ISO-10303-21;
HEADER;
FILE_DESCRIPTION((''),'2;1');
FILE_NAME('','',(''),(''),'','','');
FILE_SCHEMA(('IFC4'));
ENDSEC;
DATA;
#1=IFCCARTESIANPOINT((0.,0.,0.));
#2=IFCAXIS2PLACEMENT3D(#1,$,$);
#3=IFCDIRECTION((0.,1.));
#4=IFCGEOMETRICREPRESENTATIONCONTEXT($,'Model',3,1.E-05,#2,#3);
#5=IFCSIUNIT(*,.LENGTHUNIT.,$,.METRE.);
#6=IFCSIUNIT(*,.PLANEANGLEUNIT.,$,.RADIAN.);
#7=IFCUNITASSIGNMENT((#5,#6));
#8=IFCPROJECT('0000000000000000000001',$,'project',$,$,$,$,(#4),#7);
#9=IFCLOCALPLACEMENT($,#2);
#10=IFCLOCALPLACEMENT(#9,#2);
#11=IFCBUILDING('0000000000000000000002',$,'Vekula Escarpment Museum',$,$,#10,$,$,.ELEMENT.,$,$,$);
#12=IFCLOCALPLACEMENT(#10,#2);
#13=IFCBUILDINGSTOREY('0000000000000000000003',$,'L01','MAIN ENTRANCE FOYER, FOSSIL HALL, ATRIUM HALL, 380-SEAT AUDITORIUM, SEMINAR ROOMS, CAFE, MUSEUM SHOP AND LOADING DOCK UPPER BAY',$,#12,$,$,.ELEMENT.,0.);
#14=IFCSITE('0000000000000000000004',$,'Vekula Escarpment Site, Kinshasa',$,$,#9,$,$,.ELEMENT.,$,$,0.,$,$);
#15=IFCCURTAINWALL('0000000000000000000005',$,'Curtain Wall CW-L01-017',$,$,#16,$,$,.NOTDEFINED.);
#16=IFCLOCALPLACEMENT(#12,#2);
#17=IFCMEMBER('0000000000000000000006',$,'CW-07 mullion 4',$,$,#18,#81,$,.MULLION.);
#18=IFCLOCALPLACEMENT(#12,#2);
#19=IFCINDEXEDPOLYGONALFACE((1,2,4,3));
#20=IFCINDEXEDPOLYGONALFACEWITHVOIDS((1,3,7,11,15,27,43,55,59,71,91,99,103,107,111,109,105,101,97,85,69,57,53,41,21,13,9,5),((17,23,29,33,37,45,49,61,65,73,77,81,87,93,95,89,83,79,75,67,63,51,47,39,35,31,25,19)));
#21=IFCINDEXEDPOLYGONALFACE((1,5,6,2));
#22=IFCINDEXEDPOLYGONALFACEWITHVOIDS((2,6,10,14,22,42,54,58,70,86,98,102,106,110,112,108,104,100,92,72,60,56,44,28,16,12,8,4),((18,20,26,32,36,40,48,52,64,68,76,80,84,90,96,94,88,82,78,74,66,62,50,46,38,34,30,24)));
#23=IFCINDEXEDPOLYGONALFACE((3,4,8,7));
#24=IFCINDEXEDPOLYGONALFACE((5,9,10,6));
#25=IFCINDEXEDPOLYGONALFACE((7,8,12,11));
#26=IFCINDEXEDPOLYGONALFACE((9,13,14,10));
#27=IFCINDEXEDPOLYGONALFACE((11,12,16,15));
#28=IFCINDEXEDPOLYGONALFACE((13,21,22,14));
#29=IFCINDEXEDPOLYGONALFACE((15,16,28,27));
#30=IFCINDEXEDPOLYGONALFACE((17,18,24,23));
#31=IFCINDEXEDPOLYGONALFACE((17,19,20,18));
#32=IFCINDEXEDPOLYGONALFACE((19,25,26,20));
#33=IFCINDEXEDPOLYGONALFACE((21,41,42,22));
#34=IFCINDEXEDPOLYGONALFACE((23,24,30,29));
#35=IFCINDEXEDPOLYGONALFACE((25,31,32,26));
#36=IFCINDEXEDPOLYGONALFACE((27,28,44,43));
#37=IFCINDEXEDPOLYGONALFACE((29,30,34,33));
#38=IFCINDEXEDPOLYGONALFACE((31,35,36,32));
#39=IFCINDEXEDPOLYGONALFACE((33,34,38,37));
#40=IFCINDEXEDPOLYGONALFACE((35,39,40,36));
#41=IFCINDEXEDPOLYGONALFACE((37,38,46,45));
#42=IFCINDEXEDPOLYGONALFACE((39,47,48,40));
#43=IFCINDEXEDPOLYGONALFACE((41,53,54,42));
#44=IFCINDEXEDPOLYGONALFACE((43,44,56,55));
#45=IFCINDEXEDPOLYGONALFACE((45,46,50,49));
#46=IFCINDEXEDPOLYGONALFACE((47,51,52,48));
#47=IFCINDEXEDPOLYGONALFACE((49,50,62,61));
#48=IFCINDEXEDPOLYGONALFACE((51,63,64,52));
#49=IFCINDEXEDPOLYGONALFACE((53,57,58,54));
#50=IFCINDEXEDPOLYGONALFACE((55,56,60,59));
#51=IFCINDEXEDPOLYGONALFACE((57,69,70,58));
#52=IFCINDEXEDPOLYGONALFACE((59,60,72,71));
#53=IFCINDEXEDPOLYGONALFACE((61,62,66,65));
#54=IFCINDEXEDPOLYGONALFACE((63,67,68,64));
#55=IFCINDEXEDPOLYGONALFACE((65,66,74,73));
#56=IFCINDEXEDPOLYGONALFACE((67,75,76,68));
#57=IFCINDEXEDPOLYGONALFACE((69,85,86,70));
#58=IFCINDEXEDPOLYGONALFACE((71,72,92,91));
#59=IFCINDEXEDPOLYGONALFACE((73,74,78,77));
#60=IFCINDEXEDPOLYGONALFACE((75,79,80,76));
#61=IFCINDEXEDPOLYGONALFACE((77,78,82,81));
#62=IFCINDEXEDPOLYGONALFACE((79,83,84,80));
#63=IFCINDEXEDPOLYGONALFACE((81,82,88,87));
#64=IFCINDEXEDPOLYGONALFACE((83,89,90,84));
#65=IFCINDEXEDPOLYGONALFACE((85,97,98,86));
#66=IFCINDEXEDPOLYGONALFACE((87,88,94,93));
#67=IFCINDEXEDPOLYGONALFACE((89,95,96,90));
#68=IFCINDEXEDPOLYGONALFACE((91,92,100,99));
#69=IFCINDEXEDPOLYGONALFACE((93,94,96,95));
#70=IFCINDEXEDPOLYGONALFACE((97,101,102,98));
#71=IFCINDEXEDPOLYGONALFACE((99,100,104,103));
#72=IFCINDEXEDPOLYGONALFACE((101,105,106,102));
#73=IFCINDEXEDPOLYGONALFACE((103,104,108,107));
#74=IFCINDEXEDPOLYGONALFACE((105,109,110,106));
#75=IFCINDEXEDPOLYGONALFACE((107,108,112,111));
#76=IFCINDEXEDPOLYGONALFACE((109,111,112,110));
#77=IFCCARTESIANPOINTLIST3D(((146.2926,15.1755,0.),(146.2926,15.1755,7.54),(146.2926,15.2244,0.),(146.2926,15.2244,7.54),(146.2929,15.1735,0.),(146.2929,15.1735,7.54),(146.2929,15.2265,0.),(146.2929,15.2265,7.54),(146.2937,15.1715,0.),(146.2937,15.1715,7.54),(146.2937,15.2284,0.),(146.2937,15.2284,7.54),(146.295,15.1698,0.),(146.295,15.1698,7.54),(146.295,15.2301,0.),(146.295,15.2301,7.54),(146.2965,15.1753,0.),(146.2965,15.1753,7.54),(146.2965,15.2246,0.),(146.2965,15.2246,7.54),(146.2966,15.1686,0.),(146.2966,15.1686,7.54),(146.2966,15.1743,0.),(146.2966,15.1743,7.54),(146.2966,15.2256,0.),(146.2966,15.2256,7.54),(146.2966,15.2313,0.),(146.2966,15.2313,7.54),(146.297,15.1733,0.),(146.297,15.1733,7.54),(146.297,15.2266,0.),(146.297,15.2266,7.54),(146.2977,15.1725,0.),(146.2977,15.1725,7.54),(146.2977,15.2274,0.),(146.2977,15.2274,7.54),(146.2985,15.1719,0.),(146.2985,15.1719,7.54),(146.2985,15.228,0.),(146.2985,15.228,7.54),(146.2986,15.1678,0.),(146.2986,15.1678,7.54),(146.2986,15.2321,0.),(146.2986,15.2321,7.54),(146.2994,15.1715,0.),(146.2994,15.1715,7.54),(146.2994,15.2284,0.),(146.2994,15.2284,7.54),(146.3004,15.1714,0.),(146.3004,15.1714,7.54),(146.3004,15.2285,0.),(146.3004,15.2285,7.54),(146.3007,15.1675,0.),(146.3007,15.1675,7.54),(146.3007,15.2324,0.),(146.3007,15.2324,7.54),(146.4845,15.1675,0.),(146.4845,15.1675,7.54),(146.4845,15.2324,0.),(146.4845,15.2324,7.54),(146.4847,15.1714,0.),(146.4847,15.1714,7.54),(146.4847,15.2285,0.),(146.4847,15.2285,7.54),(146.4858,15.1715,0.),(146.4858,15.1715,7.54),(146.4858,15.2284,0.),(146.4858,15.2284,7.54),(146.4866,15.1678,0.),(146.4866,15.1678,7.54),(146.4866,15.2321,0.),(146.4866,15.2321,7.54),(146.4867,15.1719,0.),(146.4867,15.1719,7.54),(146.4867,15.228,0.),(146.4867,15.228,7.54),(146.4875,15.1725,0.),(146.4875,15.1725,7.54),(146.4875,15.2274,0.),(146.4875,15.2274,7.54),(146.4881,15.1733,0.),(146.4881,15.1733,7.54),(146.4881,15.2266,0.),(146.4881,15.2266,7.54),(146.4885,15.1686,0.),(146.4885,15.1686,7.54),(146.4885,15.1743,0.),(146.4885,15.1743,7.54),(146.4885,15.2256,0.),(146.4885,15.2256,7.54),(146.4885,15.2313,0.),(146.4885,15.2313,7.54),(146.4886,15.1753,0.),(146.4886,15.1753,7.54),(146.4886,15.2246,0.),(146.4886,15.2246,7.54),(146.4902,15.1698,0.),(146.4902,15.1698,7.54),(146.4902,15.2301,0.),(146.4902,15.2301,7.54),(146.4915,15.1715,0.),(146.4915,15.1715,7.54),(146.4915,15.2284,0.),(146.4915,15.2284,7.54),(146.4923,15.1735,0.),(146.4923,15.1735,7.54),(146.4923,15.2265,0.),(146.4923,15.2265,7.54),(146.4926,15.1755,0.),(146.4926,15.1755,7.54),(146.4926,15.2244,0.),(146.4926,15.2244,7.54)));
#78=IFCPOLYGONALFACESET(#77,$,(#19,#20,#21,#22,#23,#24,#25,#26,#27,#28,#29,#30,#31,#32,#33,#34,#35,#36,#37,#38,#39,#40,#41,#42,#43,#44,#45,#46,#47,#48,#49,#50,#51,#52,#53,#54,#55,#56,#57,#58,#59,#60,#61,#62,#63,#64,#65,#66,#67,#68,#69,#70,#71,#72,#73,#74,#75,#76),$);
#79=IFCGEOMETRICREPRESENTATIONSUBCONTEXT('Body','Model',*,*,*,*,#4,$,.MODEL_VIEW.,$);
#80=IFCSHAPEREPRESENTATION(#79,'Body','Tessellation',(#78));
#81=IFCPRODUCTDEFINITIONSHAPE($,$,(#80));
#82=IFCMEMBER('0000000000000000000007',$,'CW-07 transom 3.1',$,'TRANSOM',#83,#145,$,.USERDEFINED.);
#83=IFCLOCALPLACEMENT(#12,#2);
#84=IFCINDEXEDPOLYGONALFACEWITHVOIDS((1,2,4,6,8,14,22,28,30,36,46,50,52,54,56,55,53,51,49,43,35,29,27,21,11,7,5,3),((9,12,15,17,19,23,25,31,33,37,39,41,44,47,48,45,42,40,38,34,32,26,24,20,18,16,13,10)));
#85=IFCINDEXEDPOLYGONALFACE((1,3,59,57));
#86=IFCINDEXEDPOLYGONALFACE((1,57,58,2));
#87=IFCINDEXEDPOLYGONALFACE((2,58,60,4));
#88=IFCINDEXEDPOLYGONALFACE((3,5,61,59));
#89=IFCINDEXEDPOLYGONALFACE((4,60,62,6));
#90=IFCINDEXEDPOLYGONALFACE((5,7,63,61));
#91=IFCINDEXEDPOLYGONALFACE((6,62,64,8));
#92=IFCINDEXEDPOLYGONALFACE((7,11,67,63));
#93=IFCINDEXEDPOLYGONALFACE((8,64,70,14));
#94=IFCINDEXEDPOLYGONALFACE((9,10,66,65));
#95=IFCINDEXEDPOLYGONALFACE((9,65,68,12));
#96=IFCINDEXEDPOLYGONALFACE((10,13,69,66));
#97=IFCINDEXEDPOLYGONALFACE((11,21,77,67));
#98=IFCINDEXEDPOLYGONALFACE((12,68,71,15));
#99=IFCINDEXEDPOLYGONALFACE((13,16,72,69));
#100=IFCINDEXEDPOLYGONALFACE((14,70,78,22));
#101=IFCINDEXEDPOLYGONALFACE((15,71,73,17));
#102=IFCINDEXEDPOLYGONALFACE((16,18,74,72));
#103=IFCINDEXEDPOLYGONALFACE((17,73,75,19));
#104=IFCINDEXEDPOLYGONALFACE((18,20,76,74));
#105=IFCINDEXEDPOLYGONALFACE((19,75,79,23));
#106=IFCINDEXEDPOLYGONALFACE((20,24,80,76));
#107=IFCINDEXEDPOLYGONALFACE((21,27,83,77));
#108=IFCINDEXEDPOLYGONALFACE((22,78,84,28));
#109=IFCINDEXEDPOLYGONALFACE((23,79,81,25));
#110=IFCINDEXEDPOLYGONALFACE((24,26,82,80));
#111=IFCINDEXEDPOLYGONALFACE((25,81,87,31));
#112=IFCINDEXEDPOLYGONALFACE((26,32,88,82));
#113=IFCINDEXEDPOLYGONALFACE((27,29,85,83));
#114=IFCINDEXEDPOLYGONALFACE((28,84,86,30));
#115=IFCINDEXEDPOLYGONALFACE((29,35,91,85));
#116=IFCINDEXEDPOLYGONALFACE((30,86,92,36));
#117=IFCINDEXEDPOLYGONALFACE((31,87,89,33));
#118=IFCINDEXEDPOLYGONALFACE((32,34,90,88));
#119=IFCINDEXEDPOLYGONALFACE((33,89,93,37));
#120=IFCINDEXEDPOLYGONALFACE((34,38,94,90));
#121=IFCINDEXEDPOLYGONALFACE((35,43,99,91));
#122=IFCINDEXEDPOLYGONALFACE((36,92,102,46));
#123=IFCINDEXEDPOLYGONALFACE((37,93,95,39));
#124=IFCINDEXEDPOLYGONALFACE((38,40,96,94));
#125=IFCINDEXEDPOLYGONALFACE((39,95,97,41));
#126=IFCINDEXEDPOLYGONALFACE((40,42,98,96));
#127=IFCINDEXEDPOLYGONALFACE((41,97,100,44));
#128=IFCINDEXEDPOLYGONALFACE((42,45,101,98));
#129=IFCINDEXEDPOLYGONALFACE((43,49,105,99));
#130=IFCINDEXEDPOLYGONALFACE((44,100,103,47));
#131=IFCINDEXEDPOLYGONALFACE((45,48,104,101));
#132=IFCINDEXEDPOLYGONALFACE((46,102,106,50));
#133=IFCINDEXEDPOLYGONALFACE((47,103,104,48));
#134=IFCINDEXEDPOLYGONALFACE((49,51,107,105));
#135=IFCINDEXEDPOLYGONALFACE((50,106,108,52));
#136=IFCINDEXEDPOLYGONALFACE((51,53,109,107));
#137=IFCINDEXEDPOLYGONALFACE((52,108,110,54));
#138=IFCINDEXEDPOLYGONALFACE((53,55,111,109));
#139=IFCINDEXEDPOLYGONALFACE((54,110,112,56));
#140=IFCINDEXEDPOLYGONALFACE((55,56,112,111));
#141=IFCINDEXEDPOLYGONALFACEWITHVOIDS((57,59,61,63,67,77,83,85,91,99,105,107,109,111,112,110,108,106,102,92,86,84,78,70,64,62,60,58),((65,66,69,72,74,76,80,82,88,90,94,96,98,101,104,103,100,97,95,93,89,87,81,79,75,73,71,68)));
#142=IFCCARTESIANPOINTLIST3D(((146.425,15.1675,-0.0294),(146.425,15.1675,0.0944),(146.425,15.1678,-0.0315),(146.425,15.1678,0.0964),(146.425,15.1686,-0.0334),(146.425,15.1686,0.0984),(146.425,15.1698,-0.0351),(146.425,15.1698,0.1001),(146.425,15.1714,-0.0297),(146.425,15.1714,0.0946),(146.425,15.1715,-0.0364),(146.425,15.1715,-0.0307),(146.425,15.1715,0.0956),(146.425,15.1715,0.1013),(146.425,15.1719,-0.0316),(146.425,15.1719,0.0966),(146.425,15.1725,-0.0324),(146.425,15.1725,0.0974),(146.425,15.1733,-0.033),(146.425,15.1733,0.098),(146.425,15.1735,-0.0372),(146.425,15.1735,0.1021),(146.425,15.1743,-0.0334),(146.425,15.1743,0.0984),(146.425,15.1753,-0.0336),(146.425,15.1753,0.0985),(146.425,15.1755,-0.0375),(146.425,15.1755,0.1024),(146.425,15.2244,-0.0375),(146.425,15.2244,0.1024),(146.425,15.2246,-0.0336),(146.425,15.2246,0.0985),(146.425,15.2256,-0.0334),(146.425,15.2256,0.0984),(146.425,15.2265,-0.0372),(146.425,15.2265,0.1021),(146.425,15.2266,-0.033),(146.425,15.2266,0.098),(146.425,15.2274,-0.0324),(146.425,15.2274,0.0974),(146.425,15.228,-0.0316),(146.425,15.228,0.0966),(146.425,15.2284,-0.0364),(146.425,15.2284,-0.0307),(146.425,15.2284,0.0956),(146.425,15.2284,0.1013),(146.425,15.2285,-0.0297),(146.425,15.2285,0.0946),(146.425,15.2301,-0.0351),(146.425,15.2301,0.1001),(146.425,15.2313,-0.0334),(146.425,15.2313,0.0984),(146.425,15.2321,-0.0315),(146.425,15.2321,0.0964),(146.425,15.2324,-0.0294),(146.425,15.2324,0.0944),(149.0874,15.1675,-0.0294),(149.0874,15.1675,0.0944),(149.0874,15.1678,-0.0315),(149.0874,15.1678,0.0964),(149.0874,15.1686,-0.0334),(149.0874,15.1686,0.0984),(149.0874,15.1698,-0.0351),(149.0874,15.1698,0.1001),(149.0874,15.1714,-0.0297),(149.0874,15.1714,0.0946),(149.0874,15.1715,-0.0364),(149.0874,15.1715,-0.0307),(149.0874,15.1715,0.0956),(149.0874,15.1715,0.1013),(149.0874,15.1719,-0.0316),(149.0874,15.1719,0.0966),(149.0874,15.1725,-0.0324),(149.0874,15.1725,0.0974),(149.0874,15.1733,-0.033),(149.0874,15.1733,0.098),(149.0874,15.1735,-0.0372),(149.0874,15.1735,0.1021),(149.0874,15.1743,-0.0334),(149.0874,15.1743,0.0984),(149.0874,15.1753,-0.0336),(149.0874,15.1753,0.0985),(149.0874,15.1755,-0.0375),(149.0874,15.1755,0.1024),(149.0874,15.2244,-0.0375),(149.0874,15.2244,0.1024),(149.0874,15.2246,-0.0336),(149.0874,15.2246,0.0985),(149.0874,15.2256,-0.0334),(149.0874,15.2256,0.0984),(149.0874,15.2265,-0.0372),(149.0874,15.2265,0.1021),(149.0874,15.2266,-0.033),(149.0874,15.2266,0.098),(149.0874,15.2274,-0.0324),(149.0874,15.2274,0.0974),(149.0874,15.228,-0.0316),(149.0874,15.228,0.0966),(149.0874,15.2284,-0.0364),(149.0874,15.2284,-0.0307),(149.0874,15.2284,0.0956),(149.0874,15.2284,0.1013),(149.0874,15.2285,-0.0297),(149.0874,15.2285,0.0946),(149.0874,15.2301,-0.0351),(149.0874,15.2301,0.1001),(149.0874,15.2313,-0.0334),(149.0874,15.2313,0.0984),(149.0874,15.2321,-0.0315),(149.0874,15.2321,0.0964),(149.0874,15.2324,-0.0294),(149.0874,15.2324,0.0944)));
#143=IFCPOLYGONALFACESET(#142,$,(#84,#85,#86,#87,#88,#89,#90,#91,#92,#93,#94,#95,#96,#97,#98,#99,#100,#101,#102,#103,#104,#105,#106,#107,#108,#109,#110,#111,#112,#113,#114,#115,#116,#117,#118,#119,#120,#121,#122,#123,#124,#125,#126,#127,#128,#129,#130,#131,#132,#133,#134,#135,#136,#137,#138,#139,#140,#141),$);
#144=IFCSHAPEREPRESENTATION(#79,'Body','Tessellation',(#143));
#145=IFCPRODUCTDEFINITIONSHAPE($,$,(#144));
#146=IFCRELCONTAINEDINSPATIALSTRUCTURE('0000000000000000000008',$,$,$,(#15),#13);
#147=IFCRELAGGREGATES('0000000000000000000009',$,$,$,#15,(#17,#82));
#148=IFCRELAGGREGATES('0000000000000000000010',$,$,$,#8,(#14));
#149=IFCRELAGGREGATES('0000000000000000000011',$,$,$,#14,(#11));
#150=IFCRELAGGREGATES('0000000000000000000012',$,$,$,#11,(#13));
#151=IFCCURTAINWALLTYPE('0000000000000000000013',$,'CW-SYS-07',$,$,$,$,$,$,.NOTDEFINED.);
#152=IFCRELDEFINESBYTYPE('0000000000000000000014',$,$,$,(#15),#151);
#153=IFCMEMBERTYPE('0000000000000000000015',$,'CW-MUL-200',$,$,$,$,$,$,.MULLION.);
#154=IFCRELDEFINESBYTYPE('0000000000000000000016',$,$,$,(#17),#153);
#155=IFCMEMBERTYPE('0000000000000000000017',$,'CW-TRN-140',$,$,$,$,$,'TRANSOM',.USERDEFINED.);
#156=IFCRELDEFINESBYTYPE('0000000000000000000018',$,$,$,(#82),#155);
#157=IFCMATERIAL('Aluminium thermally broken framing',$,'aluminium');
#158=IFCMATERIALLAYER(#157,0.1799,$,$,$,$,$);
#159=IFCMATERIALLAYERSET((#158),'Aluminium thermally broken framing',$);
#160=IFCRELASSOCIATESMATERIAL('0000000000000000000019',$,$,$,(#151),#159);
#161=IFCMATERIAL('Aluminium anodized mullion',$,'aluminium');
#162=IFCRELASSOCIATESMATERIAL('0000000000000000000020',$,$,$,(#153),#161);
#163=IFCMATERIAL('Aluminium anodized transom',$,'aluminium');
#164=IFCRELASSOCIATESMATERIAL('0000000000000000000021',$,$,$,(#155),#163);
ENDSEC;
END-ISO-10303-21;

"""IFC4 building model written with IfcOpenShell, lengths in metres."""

from ifc_helpers import new_model, si_unit, direction, frame, origin, origin_2d, place, context, subcontext, project, spatial, hollow_rectangle, extrude, material, layer, layer_set, material_profile, profile_set, type_object, element, aggregate, save


model = new_model("IFC4")

# Units and contexts
model_context = context("Model", 3, precision=1e-05, world=origin(), true_north=direction((0.0, 1.0)))
body_context = subcontext(model_context, "Body", "Model", "MODEL_VIEW")
ifc_project = project(units=[si_unit("LENGTHUNIT", "METRE"), si_unit("PLANEANGLEUNIT", "RADIAN")], contexts=[model_context])

# Site, building, storey
site_placement = place(None, origin())
site = spatial("IfcSite", under=ifc_project, at=site_placement, Name="Vekula Escarpment Site, Kinshasa", CompositionType="ELEMENT", RefElevation=0.0)
building_placement = place(site_placement, origin())
building = spatial("IfcBuilding", under=site, at=building_placement, Name="Vekula Escarpment Museum", CompositionType="ELEMENT")
storey_placement = place(building_placement, origin())
storey = spatial("IfcBuildingStorey", under=building, at=storey_placement, Name="L01", Description="MAIN ENTRANCE FOYER, FOSSIL HALL, ATRIUM HALL, 380-SEAT AUDITORIUM, SEMINAR ROOMS, CAFE, MUSEUM SHOP AND LOADING DOCK UPPER BAY", CompositionType="ELEMENT", Elevation=0.0)

# Curtain wall, members
ifc_material_1 = material(Name="Aluminium thermally broken framing", Category="aluminium")
ifc_layer_1 = layer(ifc_material_1, 0.1799)
ifc_layer_set_1 = layer_set([ifc_layer_1], Name="Aluminium thermally broken framing")
curtain_wall_type = type_object("IfcCurtainWallType", Name="CW-SYS-07", PredefinedType="NOTDEFINED", material=ifc_layer_set_1)
curtain_wall_placement = place(storey_placement, origin())
curtain_wall = element("IfcCurtainWall", 1, at=curtain_wall_placement, inside=storey, type_object=curtain_wall_type, Name="Curtain Wall CW-L01-017", PredefinedType="NOTDEFINED")
ifc_material_2 = material(Name="Aluminium anodized mullion", Category="aluminium")
ifc_material_profile_1 = material_profile(ifc_material_2, hollow_rectangle(XDim=0.0649, YDim=0.2, WallThickness=0.0039, InnerFilletRadius=0.0039, OuterFilletRadius=0.0081, at=origin_2d()), Name="ALU 200x65x4")
ifc_profile_set_1 = profile_set([ifc_material_profile_1], Name="Aluminium anodized mullion")
member_type_1 = type_object("IfcMemberType", Name="CW-MUL-200", PredefinedType="MULLION", material=ifc_profile_set_1)
member_1_placement = place(storey_placement, frame((146.3926, 15.2, 0.0), z_axis=(0.0, 0.0, 1.0), x_axis=(0.0, -1.0, 0.0)))
member_1 = element("IfcMember", 2, at=member_1_placement, type_object=member_type_1, Name="CW-07 mullion 4", PredefinedType="MULLION", context=body_context, shape_type="SweptSolid", body=[
    extrude(hollow_rectangle(XDim=0.0649, YDim=0.2, WallThickness=0.0039, InnerFilletRadius=0.0039, OuterFilletRadius=0.0081, at=origin_2d()), origin(), (0.0, 0.0, 1.0), 7.54),
])
ifc_material_3 = material(Name="Aluminium anodized transom", Category="aluminium")
ifc_material_profile_2 = material_profile(ifc_material_3, hollow_rectangle(XDim=0.0649, YDim=0.1399, WallThickness=0.0039, InnerFilletRadius=0.0039, OuterFilletRadius=0.0081, at=origin_2d()), Name="ALU 140x65x4")
ifc_profile_set_2 = profile_set([ifc_material_profile_2], Name="Aluminium anodized transom")
member_type_2 = type_object("IfcMemberType", Name="CW-TRN-140", ElementType="TRANSOM", PredefinedType="USERDEFINED", material=ifc_profile_set_2)
member_2_placement = place(storey_placement, frame((149.0874, 15.2, 0.0325), z_axis=(-1.0, 0.0, 0.0), x_axis=(0.0, -1.0, 0.0)))
member_2 = element("IfcMember", 3, at=member_2_placement, type_object=member_type_2, Name="CW-07 transom 3.1", ObjectType="TRANSOM", PredefinedType="USERDEFINED", context=body_context, shape_type="SweptSolid", body=[
    extrude(hollow_rectangle(XDim=0.0649, YDim=0.1399, WallThickness=0.0039, InnerFilletRadius=0.0039, OuterFilletRadius=0.0081, at=origin_2d()), origin(), (0.0, 0.0, 1.0), 2.6624),
])

aggregate(curtain_wall, [member_1, member_2])

save(model, "model.ifc")
